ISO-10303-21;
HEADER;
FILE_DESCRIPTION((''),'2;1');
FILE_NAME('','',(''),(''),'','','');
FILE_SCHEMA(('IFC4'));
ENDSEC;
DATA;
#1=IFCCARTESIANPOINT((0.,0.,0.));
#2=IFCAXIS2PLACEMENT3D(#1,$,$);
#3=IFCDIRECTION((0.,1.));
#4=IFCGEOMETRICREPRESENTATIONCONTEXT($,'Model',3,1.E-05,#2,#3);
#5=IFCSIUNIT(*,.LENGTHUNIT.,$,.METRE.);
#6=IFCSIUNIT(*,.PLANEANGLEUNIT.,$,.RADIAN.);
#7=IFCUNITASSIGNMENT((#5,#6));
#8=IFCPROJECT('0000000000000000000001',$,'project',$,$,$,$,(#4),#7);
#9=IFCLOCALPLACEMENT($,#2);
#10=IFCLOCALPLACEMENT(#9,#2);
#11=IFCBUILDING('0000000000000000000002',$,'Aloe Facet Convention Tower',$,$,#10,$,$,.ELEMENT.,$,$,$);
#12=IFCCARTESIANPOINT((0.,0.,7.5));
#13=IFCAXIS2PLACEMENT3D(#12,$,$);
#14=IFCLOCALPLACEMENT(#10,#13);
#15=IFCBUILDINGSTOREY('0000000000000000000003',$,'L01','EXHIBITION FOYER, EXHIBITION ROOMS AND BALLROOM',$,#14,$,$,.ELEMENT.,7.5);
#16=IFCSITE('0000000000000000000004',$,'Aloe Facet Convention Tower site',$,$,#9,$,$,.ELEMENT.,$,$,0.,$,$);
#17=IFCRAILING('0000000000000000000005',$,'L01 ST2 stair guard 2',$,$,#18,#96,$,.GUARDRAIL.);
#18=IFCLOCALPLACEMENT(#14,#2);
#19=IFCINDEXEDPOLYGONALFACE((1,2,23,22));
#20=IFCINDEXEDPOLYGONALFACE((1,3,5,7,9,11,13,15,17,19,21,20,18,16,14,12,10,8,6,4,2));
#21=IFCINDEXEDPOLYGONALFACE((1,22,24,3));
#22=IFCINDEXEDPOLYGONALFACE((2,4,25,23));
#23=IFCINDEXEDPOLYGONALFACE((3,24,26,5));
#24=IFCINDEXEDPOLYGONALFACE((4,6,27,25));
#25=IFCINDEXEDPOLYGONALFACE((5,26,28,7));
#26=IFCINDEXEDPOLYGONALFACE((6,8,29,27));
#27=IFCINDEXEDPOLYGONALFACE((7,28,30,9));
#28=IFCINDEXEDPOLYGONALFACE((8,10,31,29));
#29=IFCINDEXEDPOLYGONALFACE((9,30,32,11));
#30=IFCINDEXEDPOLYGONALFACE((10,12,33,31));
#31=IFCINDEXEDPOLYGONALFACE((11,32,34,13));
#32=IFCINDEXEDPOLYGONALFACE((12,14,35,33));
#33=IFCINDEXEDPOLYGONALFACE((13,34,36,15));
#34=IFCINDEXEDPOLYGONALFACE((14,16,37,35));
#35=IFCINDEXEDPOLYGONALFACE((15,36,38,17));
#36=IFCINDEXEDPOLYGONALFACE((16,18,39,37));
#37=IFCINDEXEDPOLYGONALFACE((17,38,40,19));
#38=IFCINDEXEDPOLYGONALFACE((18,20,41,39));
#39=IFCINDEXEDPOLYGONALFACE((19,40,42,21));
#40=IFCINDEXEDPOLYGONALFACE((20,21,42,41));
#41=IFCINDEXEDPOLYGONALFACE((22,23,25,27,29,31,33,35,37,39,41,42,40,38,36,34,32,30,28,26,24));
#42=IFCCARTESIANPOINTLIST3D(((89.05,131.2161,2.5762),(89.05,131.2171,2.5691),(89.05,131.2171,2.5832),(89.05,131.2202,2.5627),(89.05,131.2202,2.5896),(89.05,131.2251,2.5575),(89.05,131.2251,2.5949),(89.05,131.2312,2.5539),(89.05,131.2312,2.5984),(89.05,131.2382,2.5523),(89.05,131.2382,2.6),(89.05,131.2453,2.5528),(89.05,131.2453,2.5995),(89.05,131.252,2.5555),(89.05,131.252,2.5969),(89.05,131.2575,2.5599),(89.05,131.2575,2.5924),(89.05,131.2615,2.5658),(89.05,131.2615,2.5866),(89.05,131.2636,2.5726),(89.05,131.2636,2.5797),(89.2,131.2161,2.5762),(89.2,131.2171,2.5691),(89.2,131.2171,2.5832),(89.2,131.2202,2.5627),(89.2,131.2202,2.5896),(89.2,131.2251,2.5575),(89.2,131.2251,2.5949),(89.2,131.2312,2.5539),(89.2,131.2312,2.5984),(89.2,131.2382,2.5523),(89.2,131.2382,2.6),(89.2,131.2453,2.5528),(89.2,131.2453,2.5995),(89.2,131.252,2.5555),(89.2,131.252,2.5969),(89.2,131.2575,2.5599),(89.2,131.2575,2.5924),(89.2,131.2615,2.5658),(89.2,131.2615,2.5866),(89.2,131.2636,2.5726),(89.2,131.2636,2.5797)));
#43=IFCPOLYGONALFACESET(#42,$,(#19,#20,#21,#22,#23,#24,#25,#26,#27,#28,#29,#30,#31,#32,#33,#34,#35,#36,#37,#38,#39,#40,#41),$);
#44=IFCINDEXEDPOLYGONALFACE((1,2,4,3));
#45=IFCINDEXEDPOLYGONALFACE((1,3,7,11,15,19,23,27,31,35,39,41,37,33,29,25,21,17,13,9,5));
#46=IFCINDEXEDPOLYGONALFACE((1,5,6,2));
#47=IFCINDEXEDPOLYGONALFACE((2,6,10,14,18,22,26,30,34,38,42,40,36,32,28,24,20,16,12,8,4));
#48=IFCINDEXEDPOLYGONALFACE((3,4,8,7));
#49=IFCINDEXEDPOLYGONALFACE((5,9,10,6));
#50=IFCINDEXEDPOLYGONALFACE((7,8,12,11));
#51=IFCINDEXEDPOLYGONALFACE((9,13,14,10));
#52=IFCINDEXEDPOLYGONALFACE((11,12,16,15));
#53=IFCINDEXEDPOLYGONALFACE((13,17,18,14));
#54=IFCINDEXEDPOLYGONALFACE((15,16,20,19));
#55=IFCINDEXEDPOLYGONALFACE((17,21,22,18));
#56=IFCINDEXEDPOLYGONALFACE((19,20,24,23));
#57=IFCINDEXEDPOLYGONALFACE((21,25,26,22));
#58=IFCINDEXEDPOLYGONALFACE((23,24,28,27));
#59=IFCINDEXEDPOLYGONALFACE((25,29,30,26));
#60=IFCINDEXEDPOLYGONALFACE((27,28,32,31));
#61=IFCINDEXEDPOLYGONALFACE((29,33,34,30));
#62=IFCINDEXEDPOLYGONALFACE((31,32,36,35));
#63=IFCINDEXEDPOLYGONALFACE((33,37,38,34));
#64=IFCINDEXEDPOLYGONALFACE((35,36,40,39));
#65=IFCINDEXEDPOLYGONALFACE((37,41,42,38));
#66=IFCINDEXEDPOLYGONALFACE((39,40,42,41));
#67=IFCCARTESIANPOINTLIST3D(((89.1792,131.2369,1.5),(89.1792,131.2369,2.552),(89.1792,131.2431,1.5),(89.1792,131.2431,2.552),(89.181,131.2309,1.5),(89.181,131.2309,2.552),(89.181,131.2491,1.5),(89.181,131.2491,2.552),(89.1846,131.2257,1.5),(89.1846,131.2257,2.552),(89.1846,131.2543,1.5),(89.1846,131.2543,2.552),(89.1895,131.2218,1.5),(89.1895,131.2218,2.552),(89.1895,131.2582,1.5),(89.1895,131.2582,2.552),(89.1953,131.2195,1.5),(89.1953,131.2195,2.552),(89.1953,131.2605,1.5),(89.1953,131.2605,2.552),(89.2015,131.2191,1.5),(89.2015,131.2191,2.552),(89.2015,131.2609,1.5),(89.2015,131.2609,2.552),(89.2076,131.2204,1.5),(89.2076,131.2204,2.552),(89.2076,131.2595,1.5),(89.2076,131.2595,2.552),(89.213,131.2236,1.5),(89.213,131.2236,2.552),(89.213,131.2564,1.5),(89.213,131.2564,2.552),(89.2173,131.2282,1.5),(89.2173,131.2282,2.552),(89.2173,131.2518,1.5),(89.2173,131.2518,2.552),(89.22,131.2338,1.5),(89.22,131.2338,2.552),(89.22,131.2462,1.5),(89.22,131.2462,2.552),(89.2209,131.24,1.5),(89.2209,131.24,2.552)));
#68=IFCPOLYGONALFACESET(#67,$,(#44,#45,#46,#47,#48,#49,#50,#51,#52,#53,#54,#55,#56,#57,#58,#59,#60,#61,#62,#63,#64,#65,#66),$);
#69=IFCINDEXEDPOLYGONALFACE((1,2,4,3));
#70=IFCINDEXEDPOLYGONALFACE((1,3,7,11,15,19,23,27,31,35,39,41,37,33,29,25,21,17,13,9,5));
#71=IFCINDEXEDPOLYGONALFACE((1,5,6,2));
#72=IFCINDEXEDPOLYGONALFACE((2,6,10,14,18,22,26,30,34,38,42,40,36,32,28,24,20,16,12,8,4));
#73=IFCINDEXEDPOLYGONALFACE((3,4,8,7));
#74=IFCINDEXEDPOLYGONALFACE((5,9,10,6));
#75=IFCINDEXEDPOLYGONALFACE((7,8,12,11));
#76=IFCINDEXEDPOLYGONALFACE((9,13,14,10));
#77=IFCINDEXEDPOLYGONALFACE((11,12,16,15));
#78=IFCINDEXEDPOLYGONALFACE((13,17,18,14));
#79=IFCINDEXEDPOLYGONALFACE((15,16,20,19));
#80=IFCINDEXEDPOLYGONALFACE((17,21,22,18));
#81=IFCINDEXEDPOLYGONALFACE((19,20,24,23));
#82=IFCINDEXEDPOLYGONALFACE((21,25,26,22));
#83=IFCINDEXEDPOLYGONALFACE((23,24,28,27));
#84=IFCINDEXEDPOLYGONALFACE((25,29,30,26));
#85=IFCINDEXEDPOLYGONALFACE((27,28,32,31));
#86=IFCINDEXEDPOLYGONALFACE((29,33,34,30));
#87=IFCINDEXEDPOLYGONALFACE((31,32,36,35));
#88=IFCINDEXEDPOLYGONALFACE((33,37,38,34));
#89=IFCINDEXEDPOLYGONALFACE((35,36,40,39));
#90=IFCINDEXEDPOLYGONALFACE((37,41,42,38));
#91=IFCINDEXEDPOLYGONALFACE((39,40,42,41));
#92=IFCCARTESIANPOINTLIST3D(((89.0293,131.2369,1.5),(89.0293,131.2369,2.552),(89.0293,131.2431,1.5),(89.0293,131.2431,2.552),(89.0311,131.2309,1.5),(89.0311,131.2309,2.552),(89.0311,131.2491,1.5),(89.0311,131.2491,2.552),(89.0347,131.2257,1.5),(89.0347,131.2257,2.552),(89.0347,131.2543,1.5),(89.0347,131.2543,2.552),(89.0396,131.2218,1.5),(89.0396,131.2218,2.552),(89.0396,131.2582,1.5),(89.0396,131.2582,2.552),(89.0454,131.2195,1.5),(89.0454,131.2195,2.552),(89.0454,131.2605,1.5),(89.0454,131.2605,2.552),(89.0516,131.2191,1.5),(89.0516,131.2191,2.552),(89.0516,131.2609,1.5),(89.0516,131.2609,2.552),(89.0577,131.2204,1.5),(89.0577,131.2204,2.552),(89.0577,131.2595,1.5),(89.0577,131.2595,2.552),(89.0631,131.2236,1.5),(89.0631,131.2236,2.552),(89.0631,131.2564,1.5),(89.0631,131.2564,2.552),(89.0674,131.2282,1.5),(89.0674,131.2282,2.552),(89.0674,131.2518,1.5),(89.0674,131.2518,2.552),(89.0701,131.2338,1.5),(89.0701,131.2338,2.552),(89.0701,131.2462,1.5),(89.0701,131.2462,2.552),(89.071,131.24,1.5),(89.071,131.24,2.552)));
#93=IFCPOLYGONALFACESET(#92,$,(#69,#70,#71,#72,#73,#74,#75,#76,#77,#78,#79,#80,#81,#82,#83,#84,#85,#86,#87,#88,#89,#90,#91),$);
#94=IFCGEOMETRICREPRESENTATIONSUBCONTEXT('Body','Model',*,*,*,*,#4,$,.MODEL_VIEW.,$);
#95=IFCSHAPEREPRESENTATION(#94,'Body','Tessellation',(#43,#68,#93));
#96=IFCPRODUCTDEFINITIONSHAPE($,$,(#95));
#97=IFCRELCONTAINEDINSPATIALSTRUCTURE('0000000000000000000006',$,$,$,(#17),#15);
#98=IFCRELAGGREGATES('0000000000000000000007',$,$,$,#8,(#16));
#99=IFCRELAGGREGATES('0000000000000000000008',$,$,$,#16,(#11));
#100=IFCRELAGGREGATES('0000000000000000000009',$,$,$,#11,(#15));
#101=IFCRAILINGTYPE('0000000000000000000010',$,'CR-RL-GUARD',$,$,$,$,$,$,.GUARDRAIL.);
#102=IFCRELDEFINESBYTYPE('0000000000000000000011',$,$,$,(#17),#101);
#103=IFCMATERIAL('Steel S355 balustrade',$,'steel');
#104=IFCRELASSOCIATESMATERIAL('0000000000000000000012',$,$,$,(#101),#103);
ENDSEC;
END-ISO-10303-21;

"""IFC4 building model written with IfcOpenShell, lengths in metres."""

from ifc_helpers import new_model, si_unit, direction, frame, origin, origin_2d, place, context, subcontext, project, spatial, circle, extrude, material, type_object, element, save


model = new_model("IFC4")

# Units and contexts
model_context = context("Model", 3, precision=1e-05, world=origin(), true_north=direction((0.0, 1.0)))
body_context = subcontext(model_context, "Body", "Model", "MODEL_VIEW")
ifc_project = project(units=[si_unit("LENGTHUNIT", "METRE"), si_unit("PLANEANGLEUNIT", "RADIAN")], contexts=[model_context])

# Site, building, storey
site_placement = place(None, origin())
site = spatial("IfcSite", under=ifc_project, at=site_placement, Name="Aloe Facet Convention Tower site", CompositionType="ELEMENT", RefElevation=0.0)
building_placement = place(site_placement, origin())
building = spatial("IfcBuilding", under=site, at=building_placement, Name="Aloe Facet Convention Tower", CompositionType="ELEMENT")
storey_placement = place(building_placement, frame((0.0, 0.0, 7.5)))
storey = spatial("IfcBuildingStorey", under=building, at=storey_placement, Name="L01", Description="EXHIBITION FOYER, EXHIBITION ROOMS AND BALLROOM", CompositionType="ELEMENT", Elevation=7.5)

# Railing
ifc_material_1 = material(Name="Steel S355 balustrade", Category="steel")
railing_type_1 = type_object("IfcRailingType", Name="CR-RL-GUARD", PredefinedType="GUARDRAIL", material=ifc_material_1)
railing_1_placement = place(storey_placement, frame((89.2, 131.24, 1.5)))
element("IfcRailing", 1, at=railing_1_placement, inside=storey, type_object=railing_type_1, Name="L01 ST2 stair guard 2", PredefinedType="GUARDRAIL", context=body_context, shape_type="SweptSolid", body=[
    extrude(circle(Radius=0.0239, at=origin_2d()), frame((0.0, 0.0, 1.0762), z_axis=(-1.0, 0.0, 0.0), x_axis=(0.0, -1.0, 0.0)), (0.0, 0.0, 1.0), 0.1499),
    extrude(circle(Radius=0.021, at=origin_2d()), origin(), (0.0, 0.0, 1.0), 1.052),
    extrude(circle(Radius=0.021, at=origin_2d()), frame((-0.1499, 0.0, 0.0)), (0.0, 0.0, 1.0), 1.052),
])

save(model, "model.ifc")
